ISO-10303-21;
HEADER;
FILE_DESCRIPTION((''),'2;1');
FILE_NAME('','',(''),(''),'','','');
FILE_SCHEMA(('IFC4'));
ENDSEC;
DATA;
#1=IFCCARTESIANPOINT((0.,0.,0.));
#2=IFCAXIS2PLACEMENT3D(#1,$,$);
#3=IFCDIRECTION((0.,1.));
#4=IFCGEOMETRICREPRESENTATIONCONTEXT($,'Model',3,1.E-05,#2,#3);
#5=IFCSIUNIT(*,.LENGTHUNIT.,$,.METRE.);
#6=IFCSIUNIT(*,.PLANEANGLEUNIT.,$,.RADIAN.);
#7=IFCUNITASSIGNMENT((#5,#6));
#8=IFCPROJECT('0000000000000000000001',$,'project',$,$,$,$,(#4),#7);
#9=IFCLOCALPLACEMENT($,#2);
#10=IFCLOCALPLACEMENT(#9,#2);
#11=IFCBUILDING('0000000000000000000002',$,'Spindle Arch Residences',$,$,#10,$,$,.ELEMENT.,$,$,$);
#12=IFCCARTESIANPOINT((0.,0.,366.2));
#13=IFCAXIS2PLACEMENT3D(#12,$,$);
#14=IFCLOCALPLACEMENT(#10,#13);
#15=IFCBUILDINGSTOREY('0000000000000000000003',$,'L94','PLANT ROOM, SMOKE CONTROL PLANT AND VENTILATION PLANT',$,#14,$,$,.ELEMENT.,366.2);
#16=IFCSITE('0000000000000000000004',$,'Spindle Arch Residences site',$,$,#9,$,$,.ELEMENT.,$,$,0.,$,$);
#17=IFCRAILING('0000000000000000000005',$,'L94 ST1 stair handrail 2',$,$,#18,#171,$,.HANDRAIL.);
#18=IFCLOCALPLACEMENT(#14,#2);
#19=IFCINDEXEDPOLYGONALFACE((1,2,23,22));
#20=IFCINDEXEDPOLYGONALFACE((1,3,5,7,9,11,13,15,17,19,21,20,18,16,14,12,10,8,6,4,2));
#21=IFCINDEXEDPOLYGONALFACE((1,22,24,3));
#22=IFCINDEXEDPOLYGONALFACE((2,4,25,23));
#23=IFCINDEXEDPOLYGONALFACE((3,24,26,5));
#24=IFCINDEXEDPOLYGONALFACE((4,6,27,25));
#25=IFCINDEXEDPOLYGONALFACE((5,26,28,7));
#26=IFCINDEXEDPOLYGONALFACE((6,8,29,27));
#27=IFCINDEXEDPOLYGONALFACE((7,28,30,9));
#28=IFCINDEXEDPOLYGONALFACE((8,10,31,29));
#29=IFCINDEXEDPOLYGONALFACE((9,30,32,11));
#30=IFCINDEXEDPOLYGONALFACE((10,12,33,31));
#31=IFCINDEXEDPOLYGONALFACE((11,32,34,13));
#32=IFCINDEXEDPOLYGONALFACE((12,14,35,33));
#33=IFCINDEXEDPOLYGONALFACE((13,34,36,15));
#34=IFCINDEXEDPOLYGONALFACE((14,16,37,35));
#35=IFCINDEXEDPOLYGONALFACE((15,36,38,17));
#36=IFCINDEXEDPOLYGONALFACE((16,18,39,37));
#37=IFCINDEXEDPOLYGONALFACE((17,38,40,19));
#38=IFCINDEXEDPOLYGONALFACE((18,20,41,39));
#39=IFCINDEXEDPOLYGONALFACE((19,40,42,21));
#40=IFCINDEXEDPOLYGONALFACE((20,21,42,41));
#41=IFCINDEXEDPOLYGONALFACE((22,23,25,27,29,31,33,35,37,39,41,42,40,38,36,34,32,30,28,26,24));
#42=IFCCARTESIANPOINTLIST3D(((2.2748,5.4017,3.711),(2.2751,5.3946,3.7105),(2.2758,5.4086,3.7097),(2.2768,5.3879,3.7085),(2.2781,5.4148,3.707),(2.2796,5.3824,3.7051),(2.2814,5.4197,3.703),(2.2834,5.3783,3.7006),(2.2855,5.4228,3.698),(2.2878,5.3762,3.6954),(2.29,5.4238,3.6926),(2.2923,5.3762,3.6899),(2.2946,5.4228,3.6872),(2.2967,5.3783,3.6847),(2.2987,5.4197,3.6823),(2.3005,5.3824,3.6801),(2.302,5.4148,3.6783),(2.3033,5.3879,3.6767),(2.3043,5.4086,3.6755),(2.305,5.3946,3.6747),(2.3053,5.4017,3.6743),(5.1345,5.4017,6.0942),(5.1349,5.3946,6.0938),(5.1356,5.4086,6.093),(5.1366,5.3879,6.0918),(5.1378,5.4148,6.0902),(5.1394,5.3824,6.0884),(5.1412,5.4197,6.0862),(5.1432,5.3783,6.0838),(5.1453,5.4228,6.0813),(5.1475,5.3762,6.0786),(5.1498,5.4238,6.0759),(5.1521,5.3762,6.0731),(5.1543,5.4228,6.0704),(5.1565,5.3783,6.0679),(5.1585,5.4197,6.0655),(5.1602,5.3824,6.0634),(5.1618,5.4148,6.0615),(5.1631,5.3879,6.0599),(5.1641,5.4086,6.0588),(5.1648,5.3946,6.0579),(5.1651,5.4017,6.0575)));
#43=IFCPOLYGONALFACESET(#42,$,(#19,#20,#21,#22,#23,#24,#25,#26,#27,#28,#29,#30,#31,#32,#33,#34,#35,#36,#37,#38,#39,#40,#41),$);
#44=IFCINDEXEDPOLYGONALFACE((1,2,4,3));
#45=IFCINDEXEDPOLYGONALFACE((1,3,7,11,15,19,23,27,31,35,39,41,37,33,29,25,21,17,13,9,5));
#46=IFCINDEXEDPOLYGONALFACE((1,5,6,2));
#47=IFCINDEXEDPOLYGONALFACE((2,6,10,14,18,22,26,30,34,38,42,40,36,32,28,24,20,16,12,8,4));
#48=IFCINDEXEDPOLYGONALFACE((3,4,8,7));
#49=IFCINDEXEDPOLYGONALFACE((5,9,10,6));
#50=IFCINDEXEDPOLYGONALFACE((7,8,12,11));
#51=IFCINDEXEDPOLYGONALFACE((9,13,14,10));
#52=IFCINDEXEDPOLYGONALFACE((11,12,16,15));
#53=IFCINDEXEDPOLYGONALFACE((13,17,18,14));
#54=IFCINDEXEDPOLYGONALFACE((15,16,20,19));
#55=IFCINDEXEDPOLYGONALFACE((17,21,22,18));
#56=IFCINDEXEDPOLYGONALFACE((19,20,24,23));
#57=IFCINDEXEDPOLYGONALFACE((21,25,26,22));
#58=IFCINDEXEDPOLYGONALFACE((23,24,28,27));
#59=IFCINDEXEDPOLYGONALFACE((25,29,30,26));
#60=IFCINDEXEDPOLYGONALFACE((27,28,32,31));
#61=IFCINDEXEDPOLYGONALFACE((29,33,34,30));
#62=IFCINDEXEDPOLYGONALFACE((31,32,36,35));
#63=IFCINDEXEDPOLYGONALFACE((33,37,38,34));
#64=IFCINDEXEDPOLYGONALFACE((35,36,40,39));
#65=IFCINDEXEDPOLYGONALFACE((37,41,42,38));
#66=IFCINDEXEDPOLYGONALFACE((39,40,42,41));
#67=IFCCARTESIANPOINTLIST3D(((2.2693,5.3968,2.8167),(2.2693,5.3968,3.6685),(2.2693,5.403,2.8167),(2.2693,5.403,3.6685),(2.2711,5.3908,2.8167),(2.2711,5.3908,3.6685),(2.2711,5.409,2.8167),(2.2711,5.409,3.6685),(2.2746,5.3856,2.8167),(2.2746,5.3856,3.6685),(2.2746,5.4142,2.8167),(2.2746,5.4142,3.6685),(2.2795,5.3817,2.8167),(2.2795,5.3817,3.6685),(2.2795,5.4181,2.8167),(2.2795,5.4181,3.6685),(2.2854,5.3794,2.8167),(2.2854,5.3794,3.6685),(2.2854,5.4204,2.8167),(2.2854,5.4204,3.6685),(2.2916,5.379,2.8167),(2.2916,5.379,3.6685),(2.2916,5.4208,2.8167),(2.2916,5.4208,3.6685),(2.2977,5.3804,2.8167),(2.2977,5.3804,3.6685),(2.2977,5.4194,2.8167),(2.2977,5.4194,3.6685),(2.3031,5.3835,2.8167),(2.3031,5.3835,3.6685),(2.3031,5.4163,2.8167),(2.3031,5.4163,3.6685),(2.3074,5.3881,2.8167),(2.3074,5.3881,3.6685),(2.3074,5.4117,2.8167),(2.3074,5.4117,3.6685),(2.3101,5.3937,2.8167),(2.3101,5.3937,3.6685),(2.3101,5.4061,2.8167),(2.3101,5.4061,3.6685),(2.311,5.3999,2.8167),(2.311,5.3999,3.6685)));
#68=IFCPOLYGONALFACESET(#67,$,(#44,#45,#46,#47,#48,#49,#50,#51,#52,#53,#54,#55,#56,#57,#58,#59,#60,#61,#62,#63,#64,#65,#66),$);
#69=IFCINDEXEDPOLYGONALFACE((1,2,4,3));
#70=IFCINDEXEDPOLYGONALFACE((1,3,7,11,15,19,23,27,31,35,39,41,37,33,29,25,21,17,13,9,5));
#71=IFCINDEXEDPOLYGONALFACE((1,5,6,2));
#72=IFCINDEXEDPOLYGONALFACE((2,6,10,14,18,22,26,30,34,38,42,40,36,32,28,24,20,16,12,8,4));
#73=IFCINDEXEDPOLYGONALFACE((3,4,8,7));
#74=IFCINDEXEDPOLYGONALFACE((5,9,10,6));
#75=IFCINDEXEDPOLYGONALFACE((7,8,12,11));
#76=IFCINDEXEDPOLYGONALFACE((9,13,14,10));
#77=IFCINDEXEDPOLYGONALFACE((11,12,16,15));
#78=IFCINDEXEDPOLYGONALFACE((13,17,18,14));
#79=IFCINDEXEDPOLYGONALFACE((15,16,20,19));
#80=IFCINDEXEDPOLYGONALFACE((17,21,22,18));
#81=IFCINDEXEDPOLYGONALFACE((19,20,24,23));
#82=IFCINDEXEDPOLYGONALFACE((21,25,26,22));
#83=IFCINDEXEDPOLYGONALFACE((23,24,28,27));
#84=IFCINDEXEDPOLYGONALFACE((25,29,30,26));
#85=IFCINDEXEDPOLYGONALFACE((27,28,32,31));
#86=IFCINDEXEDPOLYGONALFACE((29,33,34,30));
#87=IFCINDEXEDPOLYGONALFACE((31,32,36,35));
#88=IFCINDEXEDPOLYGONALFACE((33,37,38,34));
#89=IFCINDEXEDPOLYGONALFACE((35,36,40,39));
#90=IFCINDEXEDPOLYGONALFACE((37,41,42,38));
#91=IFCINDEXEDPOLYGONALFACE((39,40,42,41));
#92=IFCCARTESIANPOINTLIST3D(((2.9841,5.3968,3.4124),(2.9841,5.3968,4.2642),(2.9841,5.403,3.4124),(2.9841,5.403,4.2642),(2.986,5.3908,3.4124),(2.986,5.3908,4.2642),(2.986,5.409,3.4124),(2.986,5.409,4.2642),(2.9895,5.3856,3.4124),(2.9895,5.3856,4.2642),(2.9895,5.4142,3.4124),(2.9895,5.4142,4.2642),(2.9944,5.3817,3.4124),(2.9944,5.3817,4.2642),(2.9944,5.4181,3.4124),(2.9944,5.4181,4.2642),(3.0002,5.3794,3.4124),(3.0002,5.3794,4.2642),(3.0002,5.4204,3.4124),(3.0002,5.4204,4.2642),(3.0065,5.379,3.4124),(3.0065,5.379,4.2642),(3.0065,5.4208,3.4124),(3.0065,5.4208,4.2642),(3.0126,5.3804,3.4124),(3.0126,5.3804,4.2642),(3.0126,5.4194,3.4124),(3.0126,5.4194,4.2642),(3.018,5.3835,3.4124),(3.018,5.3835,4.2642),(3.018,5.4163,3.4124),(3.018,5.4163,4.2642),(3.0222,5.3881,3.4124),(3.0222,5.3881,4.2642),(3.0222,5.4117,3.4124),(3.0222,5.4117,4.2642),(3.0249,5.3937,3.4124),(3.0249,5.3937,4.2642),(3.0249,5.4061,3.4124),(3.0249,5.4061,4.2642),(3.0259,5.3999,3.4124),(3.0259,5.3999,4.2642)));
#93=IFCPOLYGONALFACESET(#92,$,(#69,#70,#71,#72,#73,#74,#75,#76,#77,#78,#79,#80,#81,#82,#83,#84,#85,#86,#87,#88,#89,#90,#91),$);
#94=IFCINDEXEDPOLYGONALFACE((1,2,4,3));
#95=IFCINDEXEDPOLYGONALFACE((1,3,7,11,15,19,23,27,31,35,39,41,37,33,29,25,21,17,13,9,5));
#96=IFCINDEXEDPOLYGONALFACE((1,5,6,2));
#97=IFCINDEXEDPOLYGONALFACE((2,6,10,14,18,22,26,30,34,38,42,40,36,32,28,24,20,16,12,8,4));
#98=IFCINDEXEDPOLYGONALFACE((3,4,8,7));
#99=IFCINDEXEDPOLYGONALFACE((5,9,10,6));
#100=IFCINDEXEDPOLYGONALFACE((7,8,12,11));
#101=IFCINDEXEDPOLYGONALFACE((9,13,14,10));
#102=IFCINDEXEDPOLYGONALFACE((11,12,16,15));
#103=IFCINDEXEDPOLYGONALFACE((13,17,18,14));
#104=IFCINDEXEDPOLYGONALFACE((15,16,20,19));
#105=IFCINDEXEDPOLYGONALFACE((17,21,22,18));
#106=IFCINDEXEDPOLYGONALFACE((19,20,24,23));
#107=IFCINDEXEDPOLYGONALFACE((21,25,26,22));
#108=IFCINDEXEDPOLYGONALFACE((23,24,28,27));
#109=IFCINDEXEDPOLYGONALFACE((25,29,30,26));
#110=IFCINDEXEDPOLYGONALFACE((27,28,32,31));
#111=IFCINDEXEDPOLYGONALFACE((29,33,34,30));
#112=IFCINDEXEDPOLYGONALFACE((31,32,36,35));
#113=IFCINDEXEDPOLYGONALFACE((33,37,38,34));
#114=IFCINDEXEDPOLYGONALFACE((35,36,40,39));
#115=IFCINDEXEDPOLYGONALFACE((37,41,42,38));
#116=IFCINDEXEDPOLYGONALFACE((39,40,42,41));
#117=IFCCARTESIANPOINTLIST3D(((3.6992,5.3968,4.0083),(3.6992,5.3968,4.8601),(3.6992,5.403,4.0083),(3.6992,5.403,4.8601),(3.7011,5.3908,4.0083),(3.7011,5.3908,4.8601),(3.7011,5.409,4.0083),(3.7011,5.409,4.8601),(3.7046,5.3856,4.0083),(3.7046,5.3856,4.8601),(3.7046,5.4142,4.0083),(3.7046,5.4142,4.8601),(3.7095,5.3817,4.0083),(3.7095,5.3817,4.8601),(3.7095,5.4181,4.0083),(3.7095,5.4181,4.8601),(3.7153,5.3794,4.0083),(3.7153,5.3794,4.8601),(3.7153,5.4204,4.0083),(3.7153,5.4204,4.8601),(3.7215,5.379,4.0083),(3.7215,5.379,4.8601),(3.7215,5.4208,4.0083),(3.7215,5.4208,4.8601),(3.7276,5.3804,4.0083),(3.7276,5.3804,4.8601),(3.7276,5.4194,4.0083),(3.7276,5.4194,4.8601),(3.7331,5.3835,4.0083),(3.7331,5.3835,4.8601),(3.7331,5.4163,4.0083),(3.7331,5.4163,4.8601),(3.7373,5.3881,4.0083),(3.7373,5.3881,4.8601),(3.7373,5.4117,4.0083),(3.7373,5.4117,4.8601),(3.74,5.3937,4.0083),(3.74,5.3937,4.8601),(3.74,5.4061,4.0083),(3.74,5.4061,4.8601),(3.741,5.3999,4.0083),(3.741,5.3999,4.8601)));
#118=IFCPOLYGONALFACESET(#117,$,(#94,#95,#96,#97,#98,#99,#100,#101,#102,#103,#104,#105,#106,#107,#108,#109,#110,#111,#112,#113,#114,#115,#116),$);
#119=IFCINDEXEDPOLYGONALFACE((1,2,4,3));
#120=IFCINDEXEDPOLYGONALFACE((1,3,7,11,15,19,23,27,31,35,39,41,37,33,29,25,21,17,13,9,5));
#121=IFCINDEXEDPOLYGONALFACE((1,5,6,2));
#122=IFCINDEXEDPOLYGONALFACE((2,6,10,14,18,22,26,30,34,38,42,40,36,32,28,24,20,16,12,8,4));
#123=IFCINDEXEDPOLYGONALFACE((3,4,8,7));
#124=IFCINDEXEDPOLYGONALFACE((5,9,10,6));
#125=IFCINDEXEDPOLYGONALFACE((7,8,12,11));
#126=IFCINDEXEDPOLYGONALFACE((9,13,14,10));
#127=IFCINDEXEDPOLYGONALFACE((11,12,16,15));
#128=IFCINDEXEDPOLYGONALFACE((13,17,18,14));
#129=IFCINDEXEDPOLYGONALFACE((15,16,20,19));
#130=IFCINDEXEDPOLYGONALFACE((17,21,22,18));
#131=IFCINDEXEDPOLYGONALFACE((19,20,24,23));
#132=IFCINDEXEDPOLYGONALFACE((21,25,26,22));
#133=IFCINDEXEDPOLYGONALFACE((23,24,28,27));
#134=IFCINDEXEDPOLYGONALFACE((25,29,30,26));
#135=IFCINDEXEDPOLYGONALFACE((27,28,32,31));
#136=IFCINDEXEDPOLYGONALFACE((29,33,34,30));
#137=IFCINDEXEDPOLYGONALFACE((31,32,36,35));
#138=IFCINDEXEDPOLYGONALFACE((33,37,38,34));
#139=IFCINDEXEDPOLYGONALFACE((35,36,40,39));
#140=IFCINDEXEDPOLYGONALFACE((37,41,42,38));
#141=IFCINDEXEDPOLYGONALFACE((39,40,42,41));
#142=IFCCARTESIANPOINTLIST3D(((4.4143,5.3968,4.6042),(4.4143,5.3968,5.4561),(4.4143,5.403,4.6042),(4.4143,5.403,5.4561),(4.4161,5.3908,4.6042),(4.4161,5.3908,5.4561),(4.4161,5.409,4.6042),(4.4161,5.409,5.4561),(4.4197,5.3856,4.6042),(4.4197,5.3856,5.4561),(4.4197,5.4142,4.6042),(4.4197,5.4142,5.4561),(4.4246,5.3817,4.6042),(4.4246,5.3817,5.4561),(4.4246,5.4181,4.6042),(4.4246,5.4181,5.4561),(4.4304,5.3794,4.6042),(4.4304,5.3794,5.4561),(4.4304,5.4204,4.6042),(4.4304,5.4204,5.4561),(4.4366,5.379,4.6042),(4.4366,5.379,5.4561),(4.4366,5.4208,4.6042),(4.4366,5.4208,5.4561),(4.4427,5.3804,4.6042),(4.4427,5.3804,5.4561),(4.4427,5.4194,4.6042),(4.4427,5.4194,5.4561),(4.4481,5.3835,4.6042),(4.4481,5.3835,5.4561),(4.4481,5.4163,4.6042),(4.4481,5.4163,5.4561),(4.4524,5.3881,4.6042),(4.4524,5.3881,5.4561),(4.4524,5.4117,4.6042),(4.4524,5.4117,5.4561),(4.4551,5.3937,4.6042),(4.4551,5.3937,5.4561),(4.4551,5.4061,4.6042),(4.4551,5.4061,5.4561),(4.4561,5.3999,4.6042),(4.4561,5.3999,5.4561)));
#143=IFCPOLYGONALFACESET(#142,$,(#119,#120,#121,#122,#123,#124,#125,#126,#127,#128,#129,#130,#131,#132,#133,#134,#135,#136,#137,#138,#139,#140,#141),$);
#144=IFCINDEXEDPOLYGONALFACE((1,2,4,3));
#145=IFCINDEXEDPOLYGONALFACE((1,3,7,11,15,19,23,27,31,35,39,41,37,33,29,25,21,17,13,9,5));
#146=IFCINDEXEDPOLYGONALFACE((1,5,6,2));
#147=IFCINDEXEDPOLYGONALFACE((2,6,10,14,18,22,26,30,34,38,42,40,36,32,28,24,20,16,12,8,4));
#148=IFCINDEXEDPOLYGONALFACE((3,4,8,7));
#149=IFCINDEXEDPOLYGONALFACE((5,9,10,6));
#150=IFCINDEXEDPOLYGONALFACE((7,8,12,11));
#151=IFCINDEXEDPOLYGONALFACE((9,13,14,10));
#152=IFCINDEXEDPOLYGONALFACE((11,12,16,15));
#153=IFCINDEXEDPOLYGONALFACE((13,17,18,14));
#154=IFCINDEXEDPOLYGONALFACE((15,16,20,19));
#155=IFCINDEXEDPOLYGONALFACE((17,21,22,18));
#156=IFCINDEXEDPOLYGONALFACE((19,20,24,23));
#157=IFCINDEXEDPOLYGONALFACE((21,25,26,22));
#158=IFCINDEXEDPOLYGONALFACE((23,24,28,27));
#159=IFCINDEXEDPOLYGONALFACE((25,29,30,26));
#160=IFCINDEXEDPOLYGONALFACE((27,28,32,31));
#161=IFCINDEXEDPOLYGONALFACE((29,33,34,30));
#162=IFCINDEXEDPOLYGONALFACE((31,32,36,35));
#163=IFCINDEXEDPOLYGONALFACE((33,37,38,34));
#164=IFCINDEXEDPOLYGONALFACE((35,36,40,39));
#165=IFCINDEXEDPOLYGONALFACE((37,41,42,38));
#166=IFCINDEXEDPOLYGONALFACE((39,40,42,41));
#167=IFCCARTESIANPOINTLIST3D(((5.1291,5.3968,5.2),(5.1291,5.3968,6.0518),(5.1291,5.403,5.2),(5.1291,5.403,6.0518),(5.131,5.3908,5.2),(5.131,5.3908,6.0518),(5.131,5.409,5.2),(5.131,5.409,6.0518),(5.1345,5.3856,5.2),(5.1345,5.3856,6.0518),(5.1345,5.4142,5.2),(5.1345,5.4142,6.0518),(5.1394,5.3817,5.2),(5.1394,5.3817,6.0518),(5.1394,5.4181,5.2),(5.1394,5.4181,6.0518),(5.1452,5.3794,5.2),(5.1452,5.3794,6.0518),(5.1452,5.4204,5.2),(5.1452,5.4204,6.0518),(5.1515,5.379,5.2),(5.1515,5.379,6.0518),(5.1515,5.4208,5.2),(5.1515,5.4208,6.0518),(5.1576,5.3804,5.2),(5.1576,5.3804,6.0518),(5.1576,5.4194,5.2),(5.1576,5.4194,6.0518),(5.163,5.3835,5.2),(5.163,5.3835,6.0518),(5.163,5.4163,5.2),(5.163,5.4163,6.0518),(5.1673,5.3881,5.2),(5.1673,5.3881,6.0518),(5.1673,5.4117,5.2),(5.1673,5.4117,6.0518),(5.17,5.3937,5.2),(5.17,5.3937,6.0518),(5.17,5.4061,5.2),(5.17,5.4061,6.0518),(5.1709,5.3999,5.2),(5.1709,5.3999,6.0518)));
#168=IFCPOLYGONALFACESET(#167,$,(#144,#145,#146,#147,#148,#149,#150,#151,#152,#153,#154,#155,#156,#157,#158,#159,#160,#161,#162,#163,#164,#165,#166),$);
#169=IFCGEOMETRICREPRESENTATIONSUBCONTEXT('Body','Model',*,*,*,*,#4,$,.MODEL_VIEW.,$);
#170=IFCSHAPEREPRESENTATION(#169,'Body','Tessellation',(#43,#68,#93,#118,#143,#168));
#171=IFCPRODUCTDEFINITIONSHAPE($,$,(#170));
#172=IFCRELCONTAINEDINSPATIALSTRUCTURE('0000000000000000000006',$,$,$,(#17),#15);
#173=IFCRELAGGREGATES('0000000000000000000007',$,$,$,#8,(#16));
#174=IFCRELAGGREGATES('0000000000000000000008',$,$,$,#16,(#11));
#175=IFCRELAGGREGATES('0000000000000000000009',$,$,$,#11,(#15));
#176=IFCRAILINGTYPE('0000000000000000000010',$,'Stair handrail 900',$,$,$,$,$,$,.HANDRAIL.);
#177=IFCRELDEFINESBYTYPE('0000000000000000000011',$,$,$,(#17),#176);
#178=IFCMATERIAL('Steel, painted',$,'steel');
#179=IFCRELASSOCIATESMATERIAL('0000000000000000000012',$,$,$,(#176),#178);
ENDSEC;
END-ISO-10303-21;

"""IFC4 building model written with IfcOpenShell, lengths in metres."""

from ifc_helpers import new_model, si_unit, direction, frame, origin, origin_2d, place, context, subcontext, project, spatial, circle, extrude, material, type_object, element, save


model = new_model("IFC4")

# Units and contexts
model_context = context("Model", 3, precision=1e-05, world=origin(), true_north=direction((0.0, 1.0)))
body_context = subcontext(model_context, "Body", "Model", "MODEL_VIEW")
ifc_project = project(units=[si_unit("LENGTHUNIT", "METRE"), si_unit("PLANEANGLEUNIT", "RADIAN")], contexts=[model_context])

# Site, building, storey
site_placement = place(None, origin())
site = spatial("IfcSite", under=ifc_project, at=site_placement, Name="Spindle Arch Residences site", CompositionType="ELEMENT", RefElevation=0.0)
building_placement = place(site_placement, origin())
building = spatial("IfcBuilding", under=site, at=building_placement, Name="Spindle Arch Residences", CompositionType="ELEMENT")
storey_placement = place(building_placement, frame((0.0, 0.0, 366.2)))
storey = spatial("IfcBuildingStorey", under=building, at=storey_placement, Name="L94", Description="PLANT ROOM, SMOKE CONTROL PLANT AND VENTILATION PLANT", CompositionType="ELEMENT", Elevation=366.2)

# Railing
ifc_material_1 = material(Name="Steel, painted", Category="steel")
railing_type_1 = type_object("IfcRailingType", Name="Stair handrail 900", PredefinedType="HANDRAIL", material=ifc_material_1)
railing_1_placement = place(storey_placement, frame((2.29, 5.3999, 2.8167)))
element("IfcRailing", 1, at=railing_1_placement, inside=storey, type_object=railing_type_1, Name="L94 ST1 stair handrail 2", PredefinedType="HANDRAIL", context=body_context, shape_type="SweptSolid", body=[
    extrude(circle(Radius=0.0239, at=origin_2d()), frame((0.0, 0.0, 0.876), z_axis=(0.768211, 0.0, 0.640197), x_axis=(0.0, 1.0, 0.0)), (0.0, 0.0, 1.0), 3.7227),
    extrude(circle(Radius=0.021, at=origin_2d()), origin(), (0.0, 0.0, 1.0), 0.8518),
    extrude(circle(Radius=0.021, at=origin_2d()), frame((0.7148, 0.0, 0.5957)), (0.0, 0.0, 1.0), 0.8518),
    extrude(circle(Radius=0.021, at=origin_2d()), frame((1.4299, 0.0, 1.1917)), (0.0, 0.0, 1.0), 0.8518),
    extrude(circle(Radius=0.021, at=origin_2d()), frame((2.145, 0.0, 1.7876)), (0.0, 0.0, 1.0), 0.8518),
    extrude(circle(Radius=0.021, at=origin_2d()), frame((2.8599, 0.0, 2.3833)), (0.0, 0.0, 1.0), 0.8518),
])

save(model, "model.ifc")
